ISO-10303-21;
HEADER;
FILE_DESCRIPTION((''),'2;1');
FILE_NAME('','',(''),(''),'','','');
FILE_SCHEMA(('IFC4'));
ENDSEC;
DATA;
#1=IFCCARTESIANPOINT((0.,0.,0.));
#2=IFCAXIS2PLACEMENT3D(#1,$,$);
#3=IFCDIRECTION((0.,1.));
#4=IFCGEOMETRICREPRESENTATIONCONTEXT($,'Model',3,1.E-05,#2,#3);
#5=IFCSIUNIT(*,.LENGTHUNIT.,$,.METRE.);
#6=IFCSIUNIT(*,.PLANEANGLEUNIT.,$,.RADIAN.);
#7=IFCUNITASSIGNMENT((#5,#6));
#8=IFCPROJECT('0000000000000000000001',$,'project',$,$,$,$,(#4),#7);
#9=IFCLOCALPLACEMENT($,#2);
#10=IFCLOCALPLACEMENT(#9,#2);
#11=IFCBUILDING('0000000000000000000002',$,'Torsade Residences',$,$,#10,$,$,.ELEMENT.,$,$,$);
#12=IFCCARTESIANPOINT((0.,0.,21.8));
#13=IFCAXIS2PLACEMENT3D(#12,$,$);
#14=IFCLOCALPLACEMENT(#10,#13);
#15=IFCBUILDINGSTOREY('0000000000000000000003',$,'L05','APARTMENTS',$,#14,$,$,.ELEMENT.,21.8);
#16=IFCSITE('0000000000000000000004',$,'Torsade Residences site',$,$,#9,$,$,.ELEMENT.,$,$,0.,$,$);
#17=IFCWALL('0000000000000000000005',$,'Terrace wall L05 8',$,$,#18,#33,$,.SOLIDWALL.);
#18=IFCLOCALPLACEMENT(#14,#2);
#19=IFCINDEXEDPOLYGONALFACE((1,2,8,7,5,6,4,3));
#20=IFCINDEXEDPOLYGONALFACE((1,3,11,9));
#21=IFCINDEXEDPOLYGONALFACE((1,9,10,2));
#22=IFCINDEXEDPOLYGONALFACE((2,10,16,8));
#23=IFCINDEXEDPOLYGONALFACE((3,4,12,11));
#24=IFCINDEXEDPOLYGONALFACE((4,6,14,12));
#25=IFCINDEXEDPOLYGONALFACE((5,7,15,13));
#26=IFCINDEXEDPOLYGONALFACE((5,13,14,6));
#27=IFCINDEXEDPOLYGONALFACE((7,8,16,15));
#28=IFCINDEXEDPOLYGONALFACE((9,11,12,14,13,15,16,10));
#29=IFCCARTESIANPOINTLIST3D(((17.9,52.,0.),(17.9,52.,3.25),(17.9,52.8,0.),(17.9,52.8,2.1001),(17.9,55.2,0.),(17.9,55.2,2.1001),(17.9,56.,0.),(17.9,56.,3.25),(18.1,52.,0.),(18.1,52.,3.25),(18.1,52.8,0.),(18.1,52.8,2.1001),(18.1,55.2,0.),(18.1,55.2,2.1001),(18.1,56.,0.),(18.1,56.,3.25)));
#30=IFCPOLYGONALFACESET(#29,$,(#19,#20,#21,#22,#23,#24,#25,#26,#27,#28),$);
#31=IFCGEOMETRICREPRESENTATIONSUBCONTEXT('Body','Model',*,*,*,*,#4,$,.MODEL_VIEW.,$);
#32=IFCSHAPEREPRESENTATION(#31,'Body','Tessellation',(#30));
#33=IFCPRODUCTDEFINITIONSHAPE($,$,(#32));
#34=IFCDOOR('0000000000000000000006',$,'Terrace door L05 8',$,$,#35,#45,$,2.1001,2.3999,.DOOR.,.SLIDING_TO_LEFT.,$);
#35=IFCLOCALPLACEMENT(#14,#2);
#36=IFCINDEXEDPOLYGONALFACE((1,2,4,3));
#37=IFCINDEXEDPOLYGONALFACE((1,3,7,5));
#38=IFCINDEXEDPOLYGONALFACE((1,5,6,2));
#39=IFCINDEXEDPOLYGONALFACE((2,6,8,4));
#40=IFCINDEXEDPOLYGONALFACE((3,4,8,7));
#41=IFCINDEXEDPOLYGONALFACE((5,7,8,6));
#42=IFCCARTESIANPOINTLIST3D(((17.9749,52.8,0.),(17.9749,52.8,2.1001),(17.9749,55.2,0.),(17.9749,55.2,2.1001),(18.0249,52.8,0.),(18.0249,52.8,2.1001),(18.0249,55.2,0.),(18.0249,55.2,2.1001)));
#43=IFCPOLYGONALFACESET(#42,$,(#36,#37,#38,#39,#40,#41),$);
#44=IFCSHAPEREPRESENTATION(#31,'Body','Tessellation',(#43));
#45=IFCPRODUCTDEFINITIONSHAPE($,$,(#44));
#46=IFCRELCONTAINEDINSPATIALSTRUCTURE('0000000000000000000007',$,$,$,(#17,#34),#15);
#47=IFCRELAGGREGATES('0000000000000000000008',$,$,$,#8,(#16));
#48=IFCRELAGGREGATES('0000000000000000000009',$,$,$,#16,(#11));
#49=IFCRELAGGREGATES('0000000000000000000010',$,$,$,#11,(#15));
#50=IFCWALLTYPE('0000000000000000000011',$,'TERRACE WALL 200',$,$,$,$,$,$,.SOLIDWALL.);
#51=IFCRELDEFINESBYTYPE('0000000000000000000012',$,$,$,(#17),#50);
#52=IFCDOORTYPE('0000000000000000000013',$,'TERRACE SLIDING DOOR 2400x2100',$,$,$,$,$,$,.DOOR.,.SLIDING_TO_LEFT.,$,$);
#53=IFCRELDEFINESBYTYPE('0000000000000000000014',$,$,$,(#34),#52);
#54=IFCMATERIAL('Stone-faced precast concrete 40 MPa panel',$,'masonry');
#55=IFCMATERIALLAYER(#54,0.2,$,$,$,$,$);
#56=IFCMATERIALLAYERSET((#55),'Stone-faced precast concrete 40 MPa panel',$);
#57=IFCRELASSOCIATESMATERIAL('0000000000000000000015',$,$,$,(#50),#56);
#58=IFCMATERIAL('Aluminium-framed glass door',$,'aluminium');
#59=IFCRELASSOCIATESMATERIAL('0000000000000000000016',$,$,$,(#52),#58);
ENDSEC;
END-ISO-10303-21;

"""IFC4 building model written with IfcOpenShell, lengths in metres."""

from ifc_helpers import new_model, si_unit, direction, frame, frame_2d, origin, place, context, subcontext, project, spatial, rectangle, extrude, material, layer, layer_set, type_object, element, fill, save


model = new_model("IFC4")

# Units and contexts
model_context = context("Model", 3, precision=1e-05, world=origin(), true_north=direction((0.0, 1.0)))
body_context = subcontext(model_context, "Body", "Model", "MODEL_VIEW")
ifc_project = project(units=[si_unit("LENGTHUNIT", "METRE"), si_unit("PLANEANGLEUNIT", "RADIAN")], contexts=[model_context])

# Site, building, storey
site_placement = place(None, origin())
site = spatial("IfcSite", under=ifc_project, at=site_placement, Name="Torsade Residences site", CompositionType="ELEMENT", RefElevation=0.0)
building_placement = place(site_placement, origin())
building = spatial("IfcBuilding", under=site, at=building_placement, Name="Torsade Residences", CompositionType="ELEMENT")
storey_placement = place(building_placement, frame((0.0, 0.0, 21.8)))
storey = spatial("IfcBuildingStorey", under=building, at=storey_placement, Name="L05", Description="APARTMENTS", CompositionType="ELEMENT", Elevation=21.8)

# Wall, opening, door
ifc_material_1 = material(Name="Stone-faced precast concrete 40 MPa panel", Category="masonry")
ifc_layer_1 = layer(ifc_material_1, 0.2)
ifc_layer_set_1 = layer_set([ifc_layer_1], Name="Stone-faced precast concrete 40 MPa panel")
wall_type_1 = type_object("IfcWallType", Name="TERRACE WALL 200", PredefinedType="SOLIDWALL", material=ifc_layer_set_1)
wall_1_placement = place(storey_placement, frame((18.0, 56.0, 0.0), z_axis=(0.0, 0.0, 1.0), x_axis=(0.0, -1.0, 0.0)))
wall_1 = element("IfcWall", 1, at=wall_1_placement, inside=storey, type_object=wall_type_1, Name="Terrace wall L05 8", PredefinedType="SOLIDWALL", context=body_context, shape_type="SweptSolid", body=[
    extrude(rectangle(XDim=4.0, YDim=0.2, at=frame_2d((2.0, 0.0))), origin(), (0.0, 0.0, 1.0), 3.25),
])
opening_placement = place(wall_1_placement, frame((0.8, 0.0, 0.0)))
opening = element("IfcOpeningElement", 2, at=opening_placement, cuts=wall_1, PredefinedType="OPENING", context=body_context, shape_type="SweptSolid", body=[
    extrude(rectangle(XDim=2.3999, YDim=2.1001, at=frame_2d((1.2, 1.05))), frame((0.0, 0.1099, 0.0), z_axis=(0.0, -1.0, 0.0), x_axis=(1.0, 0.0, 0.0)), (0.0, 0.0, 1.0), 0.22),
])
ifc_material_2 = material(Name="Aluminium-framed glass door", Category="aluminium")
door_type = type_object("IfcDoorType", Name="TERRACE SLIDING DOOR 2400x2100", OperationType="SLIDING_TO_LEFT", PredefinedType="DOOR", material=ifc_material_2)
door_placement = place(opening_placement, origin())
door = element("IfcDoor", 3, at=door_placement, inside=storey, type_object=door_type, Name="Terrace door L05 8", OperationType="SLIDING_TO_LEFT", OverallHeight=2.1001, OverallWidth=2.3999, PredefinedType="DOOR", context=body_context, shape_type="SweptSolid", body=[
    extrude(rectangle(XDim=2.3999, YDim=2.1001, at=frame_2d((1.2, 1.05))), frame((0.0, 0.0249, 0.0), z_axis=(0.0, -1.0, 0.0), x_axis=(1.0, 0.0, 0.0)), (0.0, 0.0, 1.0), 0.05),
])
fill(opening, door)

save(model, "model.ifc")
